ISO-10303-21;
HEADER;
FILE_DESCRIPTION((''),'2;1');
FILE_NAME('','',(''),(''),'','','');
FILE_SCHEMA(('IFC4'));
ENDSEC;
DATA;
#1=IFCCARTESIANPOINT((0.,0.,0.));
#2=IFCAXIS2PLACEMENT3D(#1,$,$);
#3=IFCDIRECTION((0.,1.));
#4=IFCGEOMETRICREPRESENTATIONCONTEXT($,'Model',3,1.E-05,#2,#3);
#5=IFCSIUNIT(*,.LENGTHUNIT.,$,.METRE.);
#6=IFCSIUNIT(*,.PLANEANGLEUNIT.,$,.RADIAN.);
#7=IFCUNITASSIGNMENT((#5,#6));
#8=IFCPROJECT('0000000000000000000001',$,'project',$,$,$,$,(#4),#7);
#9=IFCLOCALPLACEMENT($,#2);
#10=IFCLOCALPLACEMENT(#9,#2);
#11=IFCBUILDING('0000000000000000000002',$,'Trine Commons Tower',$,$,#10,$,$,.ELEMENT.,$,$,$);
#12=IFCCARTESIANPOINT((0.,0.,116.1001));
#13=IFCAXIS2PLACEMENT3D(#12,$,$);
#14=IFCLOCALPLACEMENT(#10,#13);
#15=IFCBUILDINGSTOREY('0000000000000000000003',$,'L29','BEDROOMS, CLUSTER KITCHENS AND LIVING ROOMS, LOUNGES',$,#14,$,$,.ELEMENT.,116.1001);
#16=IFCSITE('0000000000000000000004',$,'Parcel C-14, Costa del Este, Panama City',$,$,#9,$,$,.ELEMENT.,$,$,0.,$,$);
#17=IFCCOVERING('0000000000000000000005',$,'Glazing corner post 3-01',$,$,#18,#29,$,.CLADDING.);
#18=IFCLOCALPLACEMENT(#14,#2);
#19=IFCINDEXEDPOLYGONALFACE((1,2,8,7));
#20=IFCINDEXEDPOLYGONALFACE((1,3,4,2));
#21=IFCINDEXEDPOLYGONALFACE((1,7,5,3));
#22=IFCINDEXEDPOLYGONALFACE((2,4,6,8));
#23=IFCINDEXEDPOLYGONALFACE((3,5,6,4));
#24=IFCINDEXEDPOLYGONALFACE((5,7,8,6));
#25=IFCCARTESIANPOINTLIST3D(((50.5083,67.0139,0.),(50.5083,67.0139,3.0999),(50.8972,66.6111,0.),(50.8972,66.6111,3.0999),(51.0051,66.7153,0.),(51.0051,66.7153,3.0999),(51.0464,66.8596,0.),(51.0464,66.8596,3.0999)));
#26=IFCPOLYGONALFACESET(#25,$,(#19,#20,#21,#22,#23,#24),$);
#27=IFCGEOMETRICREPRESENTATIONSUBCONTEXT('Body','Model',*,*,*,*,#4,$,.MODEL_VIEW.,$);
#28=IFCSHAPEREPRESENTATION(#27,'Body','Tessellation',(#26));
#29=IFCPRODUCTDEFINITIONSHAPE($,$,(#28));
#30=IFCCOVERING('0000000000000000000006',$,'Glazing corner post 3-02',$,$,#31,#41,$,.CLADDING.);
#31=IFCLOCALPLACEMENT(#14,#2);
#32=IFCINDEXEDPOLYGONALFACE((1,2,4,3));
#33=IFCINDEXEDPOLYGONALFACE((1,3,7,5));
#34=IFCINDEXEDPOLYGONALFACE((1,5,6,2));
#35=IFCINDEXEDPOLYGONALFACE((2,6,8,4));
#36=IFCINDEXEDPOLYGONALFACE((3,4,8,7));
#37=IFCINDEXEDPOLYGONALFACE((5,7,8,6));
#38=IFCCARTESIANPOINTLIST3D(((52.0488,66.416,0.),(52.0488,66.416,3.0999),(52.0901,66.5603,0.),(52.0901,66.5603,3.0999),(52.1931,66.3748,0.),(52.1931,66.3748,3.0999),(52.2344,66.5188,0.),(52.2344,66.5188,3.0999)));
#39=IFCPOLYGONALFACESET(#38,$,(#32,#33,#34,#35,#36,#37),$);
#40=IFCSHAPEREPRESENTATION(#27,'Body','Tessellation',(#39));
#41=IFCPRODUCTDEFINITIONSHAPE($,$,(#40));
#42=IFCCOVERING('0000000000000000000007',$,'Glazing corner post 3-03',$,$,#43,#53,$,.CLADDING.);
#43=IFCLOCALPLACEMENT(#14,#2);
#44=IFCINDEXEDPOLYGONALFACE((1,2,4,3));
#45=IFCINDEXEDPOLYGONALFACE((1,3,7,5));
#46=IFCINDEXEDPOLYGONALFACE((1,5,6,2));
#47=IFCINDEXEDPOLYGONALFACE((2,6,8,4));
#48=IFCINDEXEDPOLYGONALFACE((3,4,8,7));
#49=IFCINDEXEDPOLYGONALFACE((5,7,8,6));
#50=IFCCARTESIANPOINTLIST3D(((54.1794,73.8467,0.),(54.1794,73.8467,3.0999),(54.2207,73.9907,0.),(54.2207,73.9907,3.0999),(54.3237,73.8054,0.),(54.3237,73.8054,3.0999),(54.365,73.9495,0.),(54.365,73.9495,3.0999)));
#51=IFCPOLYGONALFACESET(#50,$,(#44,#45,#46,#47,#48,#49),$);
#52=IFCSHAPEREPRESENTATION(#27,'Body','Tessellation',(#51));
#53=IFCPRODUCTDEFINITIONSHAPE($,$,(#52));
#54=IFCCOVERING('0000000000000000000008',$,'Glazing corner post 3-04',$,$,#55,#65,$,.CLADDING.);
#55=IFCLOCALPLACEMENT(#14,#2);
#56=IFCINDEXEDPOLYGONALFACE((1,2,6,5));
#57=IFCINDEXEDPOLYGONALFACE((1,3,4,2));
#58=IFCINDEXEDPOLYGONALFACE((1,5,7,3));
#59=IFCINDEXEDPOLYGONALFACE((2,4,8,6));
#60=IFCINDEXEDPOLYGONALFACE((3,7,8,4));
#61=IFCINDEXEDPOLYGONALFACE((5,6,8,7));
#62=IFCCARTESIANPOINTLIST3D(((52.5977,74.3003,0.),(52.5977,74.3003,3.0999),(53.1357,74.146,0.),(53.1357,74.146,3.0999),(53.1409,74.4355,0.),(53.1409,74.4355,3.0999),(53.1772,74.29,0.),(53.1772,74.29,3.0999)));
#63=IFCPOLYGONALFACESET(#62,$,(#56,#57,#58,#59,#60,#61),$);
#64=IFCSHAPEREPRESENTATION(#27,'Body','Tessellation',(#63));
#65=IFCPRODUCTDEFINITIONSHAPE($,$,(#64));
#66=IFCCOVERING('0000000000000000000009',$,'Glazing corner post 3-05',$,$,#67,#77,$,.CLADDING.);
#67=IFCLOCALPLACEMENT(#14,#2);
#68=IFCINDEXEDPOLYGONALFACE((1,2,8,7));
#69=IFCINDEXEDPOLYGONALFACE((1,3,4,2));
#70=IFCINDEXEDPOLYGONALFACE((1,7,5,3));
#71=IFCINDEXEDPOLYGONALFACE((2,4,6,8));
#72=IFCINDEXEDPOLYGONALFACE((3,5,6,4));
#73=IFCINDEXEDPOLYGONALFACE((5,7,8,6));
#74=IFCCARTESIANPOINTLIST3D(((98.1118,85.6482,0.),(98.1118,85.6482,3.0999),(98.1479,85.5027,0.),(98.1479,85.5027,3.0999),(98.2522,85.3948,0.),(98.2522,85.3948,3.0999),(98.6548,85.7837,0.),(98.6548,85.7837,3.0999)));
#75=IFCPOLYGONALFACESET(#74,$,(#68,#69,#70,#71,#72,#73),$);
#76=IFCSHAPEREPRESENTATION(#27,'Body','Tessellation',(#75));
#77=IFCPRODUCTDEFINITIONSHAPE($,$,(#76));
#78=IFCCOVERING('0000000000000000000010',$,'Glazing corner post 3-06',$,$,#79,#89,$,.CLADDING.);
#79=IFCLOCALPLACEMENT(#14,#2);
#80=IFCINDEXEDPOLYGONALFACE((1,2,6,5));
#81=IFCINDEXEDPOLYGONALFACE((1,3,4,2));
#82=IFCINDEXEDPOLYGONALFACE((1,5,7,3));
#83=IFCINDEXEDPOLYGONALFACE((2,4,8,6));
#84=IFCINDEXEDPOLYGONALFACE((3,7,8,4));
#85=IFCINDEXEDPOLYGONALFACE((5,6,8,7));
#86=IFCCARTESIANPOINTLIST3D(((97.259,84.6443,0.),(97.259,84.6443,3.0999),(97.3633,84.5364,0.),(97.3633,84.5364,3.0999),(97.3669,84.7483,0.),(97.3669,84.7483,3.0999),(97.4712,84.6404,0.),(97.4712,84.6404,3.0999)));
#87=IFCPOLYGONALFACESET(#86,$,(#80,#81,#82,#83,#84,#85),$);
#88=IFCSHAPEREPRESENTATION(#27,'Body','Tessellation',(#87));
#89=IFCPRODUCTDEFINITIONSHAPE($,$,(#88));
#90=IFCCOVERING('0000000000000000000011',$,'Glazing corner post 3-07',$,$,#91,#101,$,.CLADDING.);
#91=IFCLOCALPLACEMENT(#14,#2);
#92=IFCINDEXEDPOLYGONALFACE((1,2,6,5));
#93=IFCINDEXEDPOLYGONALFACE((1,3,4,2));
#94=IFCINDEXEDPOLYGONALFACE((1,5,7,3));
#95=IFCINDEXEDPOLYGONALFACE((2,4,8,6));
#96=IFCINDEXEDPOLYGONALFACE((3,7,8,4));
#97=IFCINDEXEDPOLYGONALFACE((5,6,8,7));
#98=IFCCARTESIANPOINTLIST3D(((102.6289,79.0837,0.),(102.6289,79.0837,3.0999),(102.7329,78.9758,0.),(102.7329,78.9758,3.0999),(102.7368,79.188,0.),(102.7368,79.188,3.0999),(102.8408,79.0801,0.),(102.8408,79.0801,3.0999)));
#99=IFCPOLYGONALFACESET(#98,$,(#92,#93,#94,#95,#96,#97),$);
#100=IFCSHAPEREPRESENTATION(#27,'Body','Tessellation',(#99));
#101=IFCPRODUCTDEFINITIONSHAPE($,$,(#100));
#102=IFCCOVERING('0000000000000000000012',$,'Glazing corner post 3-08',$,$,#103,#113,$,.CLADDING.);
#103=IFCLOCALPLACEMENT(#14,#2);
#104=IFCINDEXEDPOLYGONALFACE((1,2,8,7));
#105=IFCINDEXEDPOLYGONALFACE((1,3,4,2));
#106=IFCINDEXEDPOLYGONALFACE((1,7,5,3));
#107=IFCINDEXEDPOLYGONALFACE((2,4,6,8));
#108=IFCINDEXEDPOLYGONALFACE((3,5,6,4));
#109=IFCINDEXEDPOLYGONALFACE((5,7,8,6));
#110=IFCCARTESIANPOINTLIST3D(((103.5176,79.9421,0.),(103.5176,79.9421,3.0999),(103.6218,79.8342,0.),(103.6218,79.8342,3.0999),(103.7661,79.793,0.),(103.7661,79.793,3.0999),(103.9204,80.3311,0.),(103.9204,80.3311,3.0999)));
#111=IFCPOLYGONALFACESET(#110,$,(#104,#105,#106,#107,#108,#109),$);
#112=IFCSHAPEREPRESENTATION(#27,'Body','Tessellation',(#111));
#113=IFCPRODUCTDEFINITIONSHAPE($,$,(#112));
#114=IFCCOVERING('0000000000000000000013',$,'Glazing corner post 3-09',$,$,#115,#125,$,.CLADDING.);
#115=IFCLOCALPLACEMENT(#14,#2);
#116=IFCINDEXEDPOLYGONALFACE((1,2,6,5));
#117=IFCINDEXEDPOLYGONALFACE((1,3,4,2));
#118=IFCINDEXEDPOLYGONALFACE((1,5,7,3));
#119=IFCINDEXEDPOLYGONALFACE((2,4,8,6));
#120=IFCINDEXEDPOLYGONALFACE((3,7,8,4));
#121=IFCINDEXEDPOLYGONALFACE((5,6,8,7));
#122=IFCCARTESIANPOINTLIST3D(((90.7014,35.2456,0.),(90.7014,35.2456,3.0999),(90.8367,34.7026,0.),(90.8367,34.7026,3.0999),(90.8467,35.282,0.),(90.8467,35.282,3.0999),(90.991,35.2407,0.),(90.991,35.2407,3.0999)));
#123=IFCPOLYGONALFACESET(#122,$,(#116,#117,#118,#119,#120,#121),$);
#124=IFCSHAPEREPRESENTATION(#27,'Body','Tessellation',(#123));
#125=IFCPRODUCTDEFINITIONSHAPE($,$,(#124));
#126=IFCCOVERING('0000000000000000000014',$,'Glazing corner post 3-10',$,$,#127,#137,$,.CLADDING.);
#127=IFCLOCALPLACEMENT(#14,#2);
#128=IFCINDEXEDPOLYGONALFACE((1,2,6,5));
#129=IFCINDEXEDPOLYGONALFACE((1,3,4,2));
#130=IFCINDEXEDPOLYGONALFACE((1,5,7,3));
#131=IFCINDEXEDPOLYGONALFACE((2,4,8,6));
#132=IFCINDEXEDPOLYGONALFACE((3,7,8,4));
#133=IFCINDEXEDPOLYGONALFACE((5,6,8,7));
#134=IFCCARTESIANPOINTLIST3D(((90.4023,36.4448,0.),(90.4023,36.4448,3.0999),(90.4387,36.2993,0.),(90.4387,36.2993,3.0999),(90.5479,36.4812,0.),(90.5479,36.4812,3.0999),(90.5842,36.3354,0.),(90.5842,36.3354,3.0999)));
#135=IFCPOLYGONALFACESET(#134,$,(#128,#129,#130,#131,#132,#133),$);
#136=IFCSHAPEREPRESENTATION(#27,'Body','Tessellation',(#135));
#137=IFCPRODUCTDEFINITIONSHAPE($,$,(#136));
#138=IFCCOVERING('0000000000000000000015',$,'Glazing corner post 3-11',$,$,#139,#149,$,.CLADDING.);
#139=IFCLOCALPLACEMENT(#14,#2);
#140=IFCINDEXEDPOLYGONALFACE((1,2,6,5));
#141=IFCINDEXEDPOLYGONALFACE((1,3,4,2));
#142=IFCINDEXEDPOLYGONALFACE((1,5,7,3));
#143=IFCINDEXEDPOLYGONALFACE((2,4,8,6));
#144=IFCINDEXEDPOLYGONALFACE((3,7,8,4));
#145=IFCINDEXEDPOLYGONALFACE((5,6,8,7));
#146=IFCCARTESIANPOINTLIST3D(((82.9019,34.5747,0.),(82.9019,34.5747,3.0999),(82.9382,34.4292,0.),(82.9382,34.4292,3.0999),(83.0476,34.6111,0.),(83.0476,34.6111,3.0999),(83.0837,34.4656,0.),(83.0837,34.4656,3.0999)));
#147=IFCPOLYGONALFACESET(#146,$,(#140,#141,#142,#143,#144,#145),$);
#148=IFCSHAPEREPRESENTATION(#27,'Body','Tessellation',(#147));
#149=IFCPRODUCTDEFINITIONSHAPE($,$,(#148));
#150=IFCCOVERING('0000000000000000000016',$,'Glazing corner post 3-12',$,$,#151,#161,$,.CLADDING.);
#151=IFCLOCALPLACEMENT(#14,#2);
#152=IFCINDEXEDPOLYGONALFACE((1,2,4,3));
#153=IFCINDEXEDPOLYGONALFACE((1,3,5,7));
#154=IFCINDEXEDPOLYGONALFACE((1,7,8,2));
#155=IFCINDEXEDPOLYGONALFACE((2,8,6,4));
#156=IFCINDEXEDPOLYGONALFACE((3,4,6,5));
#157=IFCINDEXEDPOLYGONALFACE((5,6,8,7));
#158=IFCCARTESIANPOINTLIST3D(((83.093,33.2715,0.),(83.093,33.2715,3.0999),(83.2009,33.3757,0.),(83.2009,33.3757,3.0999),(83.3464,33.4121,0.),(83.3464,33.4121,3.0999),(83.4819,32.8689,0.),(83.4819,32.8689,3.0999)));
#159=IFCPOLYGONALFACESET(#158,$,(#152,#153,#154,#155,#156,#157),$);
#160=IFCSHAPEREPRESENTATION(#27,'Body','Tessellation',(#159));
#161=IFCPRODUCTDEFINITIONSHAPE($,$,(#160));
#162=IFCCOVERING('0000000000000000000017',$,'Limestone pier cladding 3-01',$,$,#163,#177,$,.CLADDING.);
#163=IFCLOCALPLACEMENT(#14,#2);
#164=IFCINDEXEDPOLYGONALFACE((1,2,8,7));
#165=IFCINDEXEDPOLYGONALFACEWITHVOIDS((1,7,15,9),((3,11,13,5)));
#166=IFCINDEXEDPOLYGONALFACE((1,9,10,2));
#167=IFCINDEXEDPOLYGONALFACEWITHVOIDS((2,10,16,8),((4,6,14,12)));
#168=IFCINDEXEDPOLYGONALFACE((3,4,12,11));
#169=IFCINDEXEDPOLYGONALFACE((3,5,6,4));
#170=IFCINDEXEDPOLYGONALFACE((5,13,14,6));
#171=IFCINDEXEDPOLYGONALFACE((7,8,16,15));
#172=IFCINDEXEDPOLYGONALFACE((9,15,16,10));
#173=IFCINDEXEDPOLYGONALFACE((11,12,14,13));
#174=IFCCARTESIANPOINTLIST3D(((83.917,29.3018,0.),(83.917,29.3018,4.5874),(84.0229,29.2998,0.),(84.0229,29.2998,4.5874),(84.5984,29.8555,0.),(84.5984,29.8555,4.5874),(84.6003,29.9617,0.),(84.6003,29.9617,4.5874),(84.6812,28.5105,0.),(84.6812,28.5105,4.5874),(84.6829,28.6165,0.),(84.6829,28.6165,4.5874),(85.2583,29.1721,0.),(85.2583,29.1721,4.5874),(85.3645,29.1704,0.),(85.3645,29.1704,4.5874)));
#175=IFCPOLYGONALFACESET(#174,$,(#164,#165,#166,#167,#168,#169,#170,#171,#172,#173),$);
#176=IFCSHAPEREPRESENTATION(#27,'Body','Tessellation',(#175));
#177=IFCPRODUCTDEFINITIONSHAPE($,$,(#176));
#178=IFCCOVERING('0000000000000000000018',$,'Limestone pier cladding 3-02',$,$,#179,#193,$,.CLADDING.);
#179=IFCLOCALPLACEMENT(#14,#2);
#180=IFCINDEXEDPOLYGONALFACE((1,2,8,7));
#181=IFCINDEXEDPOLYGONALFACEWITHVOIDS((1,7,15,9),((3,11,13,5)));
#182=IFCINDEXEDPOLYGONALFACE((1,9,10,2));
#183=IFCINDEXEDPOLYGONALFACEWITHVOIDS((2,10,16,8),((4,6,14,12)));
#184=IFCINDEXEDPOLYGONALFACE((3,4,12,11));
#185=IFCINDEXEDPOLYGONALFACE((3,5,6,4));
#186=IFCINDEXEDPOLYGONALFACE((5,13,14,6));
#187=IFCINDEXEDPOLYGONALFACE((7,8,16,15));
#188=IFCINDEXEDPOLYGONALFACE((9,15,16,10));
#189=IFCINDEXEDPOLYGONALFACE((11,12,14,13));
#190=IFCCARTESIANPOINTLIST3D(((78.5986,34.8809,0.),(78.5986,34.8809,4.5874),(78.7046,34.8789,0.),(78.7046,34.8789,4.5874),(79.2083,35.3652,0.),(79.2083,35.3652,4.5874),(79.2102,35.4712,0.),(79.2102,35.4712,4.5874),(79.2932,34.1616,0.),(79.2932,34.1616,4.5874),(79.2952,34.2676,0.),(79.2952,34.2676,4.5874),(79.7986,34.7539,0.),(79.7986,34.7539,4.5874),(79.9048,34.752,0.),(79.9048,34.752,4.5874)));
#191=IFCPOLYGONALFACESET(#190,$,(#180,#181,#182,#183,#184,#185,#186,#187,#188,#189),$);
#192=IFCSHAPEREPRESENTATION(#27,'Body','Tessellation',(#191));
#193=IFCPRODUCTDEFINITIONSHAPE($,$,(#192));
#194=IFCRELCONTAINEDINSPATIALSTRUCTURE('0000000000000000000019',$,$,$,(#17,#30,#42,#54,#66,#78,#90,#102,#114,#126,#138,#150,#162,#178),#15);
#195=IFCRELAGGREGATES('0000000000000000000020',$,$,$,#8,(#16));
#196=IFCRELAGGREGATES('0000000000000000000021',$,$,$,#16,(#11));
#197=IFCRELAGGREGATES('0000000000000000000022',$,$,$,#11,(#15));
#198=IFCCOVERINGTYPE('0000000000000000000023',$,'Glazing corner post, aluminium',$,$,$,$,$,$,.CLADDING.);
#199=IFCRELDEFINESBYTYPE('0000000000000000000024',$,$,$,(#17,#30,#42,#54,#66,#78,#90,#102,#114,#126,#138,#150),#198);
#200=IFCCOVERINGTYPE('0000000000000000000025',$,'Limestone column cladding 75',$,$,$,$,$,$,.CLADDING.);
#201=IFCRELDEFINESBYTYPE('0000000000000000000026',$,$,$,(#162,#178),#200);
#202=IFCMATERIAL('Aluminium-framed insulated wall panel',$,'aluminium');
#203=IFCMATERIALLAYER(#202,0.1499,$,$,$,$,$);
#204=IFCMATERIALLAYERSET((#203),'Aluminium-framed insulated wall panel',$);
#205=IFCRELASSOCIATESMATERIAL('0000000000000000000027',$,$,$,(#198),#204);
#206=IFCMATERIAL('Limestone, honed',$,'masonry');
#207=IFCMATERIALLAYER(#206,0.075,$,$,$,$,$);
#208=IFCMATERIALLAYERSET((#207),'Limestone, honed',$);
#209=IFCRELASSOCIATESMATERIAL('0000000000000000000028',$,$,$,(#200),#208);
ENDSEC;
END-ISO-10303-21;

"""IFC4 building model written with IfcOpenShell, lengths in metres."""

from ifc_helpers import new_model, si_unit, direction, frame, origin, place, context, subcontext, project, spatial, polyline, outline, extrude, material, layer, layer_set, type_object, element, save


model = new_model("IFC4")

# Units and contexts
model_context = context("Model", 3, precision=1e-05, world=origin(), true_north=direction((0.0, 1.0)))
body_context = subcontext(model_context, "Body", "Model", "MODEL_VIEW")
ifc_project = project(units=[si_unit("LENGTHUNIT", "METRE"), si_unit("PLANEANGLEUNIT", "RADIAN")], contexts=[model_context])

# Site, building, storey
site_placement = place(None, origin())
site = spatial("IfcSite", under=ifc_project, at=site_placement, Name="Parcel C-14, Costa del Este, Panama City", CompositionType="ELEMENT", RefElevation=0.0)
building_placement = place(site_placement, origin())
building = spatial("IfcBuilding", under=site, at=building_placement, Name="Trine Commons Tower", CompositionType="ELEMENT")
storey_placement = place(building_placement, frame((0.0, 0.0, 116.1001)))
storey = spatial("IfcBuildingStorey", under=building, at=storey_placement, Name="L29", Description="BEDROOMS, CLUSTER KITCHENS AND LIVING ROOMS, LOUNGES", CompositionType="ELEMENT", Elevation=116.1001)

# Coverings
ifc_material_1 = material(Name="Aluminium-framed insulated wall panel", Category="aluminium")
ifc_layer_1 = layer(ifc_material_1, 0.1499)
ifc_layer_set_1 = layer_set([ifc_layer_1], Name="Aluminium-framed insulated wall panel")
covering_type_1 = type_object("IfcCoveringType", Name="Glazing corner post, aluminium", PredefinedType="CLADDING", material=ifc_layer_set_1)
covering_1_placement = place(storey_placement, origin())
element("IfcCovering", 1, at=covering_1_placement, inside=storey, type_object=covering_type_1, Name="Glazing corner post 3-01", PredefinedType="CLADDING", context=body_context, shape_type="SweptSolid", body=[
    extrude(outline(polyline([(50.8972, 66.6111), (51.0051, 66.7153), (51.0464, 66.8596), (50.5083, 67.0139), (50.8972, 66.6111)])), origin(), (0.0, 0.0, 1.0), 3.0999),
])
covering_2_placement = place(storey_placement, origin())
element("IfcCovering", 2, at=covering_2_placement, inside=storey, type_object=covering_type_1, Name="Glazing corner post 3-02", PredefinedType="CLADDING", context=body_context, shape_type="SweptSolid", body=[
    extrude(outline(polyline([(52.0488, 66.416), (52.1931, 66.3748), (52.2344, 66.5188), (52.0901, 66.5603), (52.0488, 66.416)])), origin(), (0.0, 0.0, 1.0), 3.0999),
])
covering_3_placement = place(storey_placement, origin())
element("IfcCovering", 3, at=covering_3_placement, inside=storey, type_object=covering_type_1, Name="Glazing corner post 3-03", PredefinedType="CLADDING", context=body_context, shape_type="SweptSolid", body=[
    extrude(outline(polyline([(54.3237, 73.8054), (54.365, 73.9495), (54.2207, 73.9907), (54.1794, 73.8467), (54.3237, 73.8054)])), origin(), (0.0, 0.0, 1.0), 3.0999),
])
covering_4_placement = place(storey_placement, origin())
element("IfcCovering", 4, at=covering_4_placement, inside=storey, type_object=covering_type_1, Name="Glazing corner post 3-04", PredefinedType="CLADDING", context=body_context, shape_type="SweptSolid", body=[
    extrude(outline(polyline([(53.1357, 74.146), (53.1772, 74.29), (53.1409, 74.4355), (52.5977, 74.3003), (53.1357, 74.146)])), origin(), (0.0, 0.0, 1.0), 3.0999),
])
covering_5_placement = place(storey_placement, origin())
element("IfcCovering", 5, at=covering_5_placement, inside=storey, type_object=covering_type_1, Name="Glazing corner post 3-05", PredefinedType="CLADDING", context=body_context, shape_type="SweptSolid", body=[
    extrude(outline(polyline([(98.2522, 85.3948), (98.6548, 85.7837), (98.1118, 85.6482), (98.1479, 85.5027), (98.2522, 85.3948)])), origin(), (0.0, 0.0, 1.0), 3.0999),
])
covering_6_placement = place(storey_placement, origin())
element("IfcCovering", 6, at=covering_6_placement, inside=storey, type_object=covering_type_1, Name="Glazing corner post 3-06", PredefinedType="CLADDING", context=body_context, shape_type="SweptSolid", body=[
    extrude(outline(polyline([(97.3633, 84.5364), (97.4712, 84.6404), (97.4712, 84.6404), (97.3669, 84.7483), (97.259, 84.6443), (97.3633, 84.5364)])), origin(), (0.0, 0.0, 1.0), 3.0999),
])
covering_7_placement = place(storey_placement, origin())
element("IfcCovering", 7, at=covering_7_placement, inside=storey, type_object=covering_type_1, Name="Glazing corner post 3-07", PredefinedType="CLADDING", context=body_context, shape_type="SweptSolid", body=[
    extrude(outline(polyline([(102.6289, 79.0837), (102.7329, 78.9758), (102.8408, 79.0801), (102.7368, 79.188), (102.7368, 79.188), (102.6289, 79.0837)])), origin(), (0.0, 0.0, 1.0), 3.0999),
])
covering_8_placement = place(storey_placement, origin())
element("IfcCovering", 8, at=covering_8_placement, inside=storey, type_object=covering_type_1, Name="Glazing corner post 3-08", PredefinedType="CLADDING", context=body_context, shape_type="SweptSolid", body=[
    extrude(outline(polyline([(103.7661, 79.793), (103.9204, 80.3311), (103.5176, 79.9421), (103.6218, 79.8342), (103.7661, 79.793)])), origin(), (0.0, 0.0, 1.0), 3.0999),
])
covering_9_placement = place(storey_placement, origin())
element("IfcCovering", 9, at=covering_9_placement, inside=storey, type_object=covering_type_1, Name="Glazing corner post 3-09", PredefinedType="CLADDING", context=body_context, shape_type="SweptSolid", body=[
    extrude(outline(polyline([(90.7014, 35.2456), (90.8367, 34.7026), (90.991, 35.2407), (90.8467, 35.282), (90.7014, 35.2456)])), origin(), (0.0, 0.0, 1.0), 3.0999),
])
covering_10_placement = place(storey_placement, origin())
element("IfcCovering", 10, at=covering_10_placement, inside=storey, type_object=covering_type_1, Name="Glazing corner post 3-10", PredefinedType="CLADDING", context=body_context, shape_type="SweptSolid", body=[
    extrude(outline(polyline([(90.4023, 36.4448), (90.4387, 36.2993), (90.5842, 36.3354), (90.5479, 36.4812), (90.4023, 36.4448)])), origin(), (0.0, 0.0, 1.0), 3.0999),
])
covering_11_placement = place(storey_placement, origin())
element("IfcCovering", 11, at=covering_11_placement, inside=storey, type_object=covering_type_1, Name="Glazing corner post 3-11", PredefinedType="CLADDING", context=body_context, shape_type="SweptSolid", body=[
    extrude(outline(polyline([(82.9382, 34.4292), (83.0837, 34.4656), (83.0476, 34.6111), (82.9019, 34.5747), (82.9382, 34.4292)])), origin(), (0.0, 0.0, 1.0), 3.0999),
])
covering_12_placement = place(storey_placement, origin())
element("IfcCovering", 12, at=covering_12_placement, inside=storey, type_object=covering_type_1, Name="Glazing corner post 3-12", PredefinedType="CLADDING", context=body_context, shape_type="SweptSolid", body=[
    extrude(outline(polyline([(83.093, 33.2715), (83.4819, 32.8689), (83.3464, 33.4121), (83.2009, 33.3757), (83.093, 33.2715)])), origin(), (0.0, 0.0, 1.0), 3.0999),
])
ifc_material_2 = material(Name="Limestone, honed", Category="masonry")
ifc_layer_2 = layer(ifc_material_2, 0.075)
ifc_layer_set_2 = layer_set([ifc_layer_2], Name="Limestone, honed")
covering_type_2 = type_object("IfcCoveringType", Name="Limestone column cladding 75", PredefinedType="CLADDING", material=ifc_layer_set_2)
covering_13_placement = place(storey_placement, origin())
element("IfcCovering", 13, at=covering_13_placement, inside=storey, type_object=covering_type_2, Name="Limestone pier cladding 3-01", PredefinedType="CLADDING", context=body_context, shape_type="SweptSolid", body=[
    extrude(outline(polyline([(84.6003, 29.9617), (83.917, 29.3018), (84.6812, 28.5105), (85.3645, 29.1704), (84.6003, 29.9617)]), holes=[polyline([(84.5984, 29.8555), (84.0229, 29.2998), (84.6829, 28.6165), (85.2583, 29.1721), (84.5984, 29.8555)])]), origin(), (0.0, 0.0, 1.0), 4.5874),
])
covering_14_placement = place(storey_placement, origin())
element("IfcCovering", 14, at=covering_14_placement, inside=storey, type_object=covering_type_2, Name="Limestone pier cladding 3-02", PredefinedType="CLADDING", context=body_context, shape_type="SweptSolid", body=[
    extrude(outline(polyline([(79.2102, 35.4712), (78.5986, 34.8809), (79.2932, 34.1616), (79.9048, 34.752), (79.2102, 35.4712)]), holes=[polyline([(79.2083, 35.3652), (78.7046, 34.8789), (79.2952, 34.2676), (79.7986, 34.7539), (79.2083, 35.3652)])]), origin(), (0.0, 0.0, 1.0), 4.5874),
])

save(model, "model.ifc")
